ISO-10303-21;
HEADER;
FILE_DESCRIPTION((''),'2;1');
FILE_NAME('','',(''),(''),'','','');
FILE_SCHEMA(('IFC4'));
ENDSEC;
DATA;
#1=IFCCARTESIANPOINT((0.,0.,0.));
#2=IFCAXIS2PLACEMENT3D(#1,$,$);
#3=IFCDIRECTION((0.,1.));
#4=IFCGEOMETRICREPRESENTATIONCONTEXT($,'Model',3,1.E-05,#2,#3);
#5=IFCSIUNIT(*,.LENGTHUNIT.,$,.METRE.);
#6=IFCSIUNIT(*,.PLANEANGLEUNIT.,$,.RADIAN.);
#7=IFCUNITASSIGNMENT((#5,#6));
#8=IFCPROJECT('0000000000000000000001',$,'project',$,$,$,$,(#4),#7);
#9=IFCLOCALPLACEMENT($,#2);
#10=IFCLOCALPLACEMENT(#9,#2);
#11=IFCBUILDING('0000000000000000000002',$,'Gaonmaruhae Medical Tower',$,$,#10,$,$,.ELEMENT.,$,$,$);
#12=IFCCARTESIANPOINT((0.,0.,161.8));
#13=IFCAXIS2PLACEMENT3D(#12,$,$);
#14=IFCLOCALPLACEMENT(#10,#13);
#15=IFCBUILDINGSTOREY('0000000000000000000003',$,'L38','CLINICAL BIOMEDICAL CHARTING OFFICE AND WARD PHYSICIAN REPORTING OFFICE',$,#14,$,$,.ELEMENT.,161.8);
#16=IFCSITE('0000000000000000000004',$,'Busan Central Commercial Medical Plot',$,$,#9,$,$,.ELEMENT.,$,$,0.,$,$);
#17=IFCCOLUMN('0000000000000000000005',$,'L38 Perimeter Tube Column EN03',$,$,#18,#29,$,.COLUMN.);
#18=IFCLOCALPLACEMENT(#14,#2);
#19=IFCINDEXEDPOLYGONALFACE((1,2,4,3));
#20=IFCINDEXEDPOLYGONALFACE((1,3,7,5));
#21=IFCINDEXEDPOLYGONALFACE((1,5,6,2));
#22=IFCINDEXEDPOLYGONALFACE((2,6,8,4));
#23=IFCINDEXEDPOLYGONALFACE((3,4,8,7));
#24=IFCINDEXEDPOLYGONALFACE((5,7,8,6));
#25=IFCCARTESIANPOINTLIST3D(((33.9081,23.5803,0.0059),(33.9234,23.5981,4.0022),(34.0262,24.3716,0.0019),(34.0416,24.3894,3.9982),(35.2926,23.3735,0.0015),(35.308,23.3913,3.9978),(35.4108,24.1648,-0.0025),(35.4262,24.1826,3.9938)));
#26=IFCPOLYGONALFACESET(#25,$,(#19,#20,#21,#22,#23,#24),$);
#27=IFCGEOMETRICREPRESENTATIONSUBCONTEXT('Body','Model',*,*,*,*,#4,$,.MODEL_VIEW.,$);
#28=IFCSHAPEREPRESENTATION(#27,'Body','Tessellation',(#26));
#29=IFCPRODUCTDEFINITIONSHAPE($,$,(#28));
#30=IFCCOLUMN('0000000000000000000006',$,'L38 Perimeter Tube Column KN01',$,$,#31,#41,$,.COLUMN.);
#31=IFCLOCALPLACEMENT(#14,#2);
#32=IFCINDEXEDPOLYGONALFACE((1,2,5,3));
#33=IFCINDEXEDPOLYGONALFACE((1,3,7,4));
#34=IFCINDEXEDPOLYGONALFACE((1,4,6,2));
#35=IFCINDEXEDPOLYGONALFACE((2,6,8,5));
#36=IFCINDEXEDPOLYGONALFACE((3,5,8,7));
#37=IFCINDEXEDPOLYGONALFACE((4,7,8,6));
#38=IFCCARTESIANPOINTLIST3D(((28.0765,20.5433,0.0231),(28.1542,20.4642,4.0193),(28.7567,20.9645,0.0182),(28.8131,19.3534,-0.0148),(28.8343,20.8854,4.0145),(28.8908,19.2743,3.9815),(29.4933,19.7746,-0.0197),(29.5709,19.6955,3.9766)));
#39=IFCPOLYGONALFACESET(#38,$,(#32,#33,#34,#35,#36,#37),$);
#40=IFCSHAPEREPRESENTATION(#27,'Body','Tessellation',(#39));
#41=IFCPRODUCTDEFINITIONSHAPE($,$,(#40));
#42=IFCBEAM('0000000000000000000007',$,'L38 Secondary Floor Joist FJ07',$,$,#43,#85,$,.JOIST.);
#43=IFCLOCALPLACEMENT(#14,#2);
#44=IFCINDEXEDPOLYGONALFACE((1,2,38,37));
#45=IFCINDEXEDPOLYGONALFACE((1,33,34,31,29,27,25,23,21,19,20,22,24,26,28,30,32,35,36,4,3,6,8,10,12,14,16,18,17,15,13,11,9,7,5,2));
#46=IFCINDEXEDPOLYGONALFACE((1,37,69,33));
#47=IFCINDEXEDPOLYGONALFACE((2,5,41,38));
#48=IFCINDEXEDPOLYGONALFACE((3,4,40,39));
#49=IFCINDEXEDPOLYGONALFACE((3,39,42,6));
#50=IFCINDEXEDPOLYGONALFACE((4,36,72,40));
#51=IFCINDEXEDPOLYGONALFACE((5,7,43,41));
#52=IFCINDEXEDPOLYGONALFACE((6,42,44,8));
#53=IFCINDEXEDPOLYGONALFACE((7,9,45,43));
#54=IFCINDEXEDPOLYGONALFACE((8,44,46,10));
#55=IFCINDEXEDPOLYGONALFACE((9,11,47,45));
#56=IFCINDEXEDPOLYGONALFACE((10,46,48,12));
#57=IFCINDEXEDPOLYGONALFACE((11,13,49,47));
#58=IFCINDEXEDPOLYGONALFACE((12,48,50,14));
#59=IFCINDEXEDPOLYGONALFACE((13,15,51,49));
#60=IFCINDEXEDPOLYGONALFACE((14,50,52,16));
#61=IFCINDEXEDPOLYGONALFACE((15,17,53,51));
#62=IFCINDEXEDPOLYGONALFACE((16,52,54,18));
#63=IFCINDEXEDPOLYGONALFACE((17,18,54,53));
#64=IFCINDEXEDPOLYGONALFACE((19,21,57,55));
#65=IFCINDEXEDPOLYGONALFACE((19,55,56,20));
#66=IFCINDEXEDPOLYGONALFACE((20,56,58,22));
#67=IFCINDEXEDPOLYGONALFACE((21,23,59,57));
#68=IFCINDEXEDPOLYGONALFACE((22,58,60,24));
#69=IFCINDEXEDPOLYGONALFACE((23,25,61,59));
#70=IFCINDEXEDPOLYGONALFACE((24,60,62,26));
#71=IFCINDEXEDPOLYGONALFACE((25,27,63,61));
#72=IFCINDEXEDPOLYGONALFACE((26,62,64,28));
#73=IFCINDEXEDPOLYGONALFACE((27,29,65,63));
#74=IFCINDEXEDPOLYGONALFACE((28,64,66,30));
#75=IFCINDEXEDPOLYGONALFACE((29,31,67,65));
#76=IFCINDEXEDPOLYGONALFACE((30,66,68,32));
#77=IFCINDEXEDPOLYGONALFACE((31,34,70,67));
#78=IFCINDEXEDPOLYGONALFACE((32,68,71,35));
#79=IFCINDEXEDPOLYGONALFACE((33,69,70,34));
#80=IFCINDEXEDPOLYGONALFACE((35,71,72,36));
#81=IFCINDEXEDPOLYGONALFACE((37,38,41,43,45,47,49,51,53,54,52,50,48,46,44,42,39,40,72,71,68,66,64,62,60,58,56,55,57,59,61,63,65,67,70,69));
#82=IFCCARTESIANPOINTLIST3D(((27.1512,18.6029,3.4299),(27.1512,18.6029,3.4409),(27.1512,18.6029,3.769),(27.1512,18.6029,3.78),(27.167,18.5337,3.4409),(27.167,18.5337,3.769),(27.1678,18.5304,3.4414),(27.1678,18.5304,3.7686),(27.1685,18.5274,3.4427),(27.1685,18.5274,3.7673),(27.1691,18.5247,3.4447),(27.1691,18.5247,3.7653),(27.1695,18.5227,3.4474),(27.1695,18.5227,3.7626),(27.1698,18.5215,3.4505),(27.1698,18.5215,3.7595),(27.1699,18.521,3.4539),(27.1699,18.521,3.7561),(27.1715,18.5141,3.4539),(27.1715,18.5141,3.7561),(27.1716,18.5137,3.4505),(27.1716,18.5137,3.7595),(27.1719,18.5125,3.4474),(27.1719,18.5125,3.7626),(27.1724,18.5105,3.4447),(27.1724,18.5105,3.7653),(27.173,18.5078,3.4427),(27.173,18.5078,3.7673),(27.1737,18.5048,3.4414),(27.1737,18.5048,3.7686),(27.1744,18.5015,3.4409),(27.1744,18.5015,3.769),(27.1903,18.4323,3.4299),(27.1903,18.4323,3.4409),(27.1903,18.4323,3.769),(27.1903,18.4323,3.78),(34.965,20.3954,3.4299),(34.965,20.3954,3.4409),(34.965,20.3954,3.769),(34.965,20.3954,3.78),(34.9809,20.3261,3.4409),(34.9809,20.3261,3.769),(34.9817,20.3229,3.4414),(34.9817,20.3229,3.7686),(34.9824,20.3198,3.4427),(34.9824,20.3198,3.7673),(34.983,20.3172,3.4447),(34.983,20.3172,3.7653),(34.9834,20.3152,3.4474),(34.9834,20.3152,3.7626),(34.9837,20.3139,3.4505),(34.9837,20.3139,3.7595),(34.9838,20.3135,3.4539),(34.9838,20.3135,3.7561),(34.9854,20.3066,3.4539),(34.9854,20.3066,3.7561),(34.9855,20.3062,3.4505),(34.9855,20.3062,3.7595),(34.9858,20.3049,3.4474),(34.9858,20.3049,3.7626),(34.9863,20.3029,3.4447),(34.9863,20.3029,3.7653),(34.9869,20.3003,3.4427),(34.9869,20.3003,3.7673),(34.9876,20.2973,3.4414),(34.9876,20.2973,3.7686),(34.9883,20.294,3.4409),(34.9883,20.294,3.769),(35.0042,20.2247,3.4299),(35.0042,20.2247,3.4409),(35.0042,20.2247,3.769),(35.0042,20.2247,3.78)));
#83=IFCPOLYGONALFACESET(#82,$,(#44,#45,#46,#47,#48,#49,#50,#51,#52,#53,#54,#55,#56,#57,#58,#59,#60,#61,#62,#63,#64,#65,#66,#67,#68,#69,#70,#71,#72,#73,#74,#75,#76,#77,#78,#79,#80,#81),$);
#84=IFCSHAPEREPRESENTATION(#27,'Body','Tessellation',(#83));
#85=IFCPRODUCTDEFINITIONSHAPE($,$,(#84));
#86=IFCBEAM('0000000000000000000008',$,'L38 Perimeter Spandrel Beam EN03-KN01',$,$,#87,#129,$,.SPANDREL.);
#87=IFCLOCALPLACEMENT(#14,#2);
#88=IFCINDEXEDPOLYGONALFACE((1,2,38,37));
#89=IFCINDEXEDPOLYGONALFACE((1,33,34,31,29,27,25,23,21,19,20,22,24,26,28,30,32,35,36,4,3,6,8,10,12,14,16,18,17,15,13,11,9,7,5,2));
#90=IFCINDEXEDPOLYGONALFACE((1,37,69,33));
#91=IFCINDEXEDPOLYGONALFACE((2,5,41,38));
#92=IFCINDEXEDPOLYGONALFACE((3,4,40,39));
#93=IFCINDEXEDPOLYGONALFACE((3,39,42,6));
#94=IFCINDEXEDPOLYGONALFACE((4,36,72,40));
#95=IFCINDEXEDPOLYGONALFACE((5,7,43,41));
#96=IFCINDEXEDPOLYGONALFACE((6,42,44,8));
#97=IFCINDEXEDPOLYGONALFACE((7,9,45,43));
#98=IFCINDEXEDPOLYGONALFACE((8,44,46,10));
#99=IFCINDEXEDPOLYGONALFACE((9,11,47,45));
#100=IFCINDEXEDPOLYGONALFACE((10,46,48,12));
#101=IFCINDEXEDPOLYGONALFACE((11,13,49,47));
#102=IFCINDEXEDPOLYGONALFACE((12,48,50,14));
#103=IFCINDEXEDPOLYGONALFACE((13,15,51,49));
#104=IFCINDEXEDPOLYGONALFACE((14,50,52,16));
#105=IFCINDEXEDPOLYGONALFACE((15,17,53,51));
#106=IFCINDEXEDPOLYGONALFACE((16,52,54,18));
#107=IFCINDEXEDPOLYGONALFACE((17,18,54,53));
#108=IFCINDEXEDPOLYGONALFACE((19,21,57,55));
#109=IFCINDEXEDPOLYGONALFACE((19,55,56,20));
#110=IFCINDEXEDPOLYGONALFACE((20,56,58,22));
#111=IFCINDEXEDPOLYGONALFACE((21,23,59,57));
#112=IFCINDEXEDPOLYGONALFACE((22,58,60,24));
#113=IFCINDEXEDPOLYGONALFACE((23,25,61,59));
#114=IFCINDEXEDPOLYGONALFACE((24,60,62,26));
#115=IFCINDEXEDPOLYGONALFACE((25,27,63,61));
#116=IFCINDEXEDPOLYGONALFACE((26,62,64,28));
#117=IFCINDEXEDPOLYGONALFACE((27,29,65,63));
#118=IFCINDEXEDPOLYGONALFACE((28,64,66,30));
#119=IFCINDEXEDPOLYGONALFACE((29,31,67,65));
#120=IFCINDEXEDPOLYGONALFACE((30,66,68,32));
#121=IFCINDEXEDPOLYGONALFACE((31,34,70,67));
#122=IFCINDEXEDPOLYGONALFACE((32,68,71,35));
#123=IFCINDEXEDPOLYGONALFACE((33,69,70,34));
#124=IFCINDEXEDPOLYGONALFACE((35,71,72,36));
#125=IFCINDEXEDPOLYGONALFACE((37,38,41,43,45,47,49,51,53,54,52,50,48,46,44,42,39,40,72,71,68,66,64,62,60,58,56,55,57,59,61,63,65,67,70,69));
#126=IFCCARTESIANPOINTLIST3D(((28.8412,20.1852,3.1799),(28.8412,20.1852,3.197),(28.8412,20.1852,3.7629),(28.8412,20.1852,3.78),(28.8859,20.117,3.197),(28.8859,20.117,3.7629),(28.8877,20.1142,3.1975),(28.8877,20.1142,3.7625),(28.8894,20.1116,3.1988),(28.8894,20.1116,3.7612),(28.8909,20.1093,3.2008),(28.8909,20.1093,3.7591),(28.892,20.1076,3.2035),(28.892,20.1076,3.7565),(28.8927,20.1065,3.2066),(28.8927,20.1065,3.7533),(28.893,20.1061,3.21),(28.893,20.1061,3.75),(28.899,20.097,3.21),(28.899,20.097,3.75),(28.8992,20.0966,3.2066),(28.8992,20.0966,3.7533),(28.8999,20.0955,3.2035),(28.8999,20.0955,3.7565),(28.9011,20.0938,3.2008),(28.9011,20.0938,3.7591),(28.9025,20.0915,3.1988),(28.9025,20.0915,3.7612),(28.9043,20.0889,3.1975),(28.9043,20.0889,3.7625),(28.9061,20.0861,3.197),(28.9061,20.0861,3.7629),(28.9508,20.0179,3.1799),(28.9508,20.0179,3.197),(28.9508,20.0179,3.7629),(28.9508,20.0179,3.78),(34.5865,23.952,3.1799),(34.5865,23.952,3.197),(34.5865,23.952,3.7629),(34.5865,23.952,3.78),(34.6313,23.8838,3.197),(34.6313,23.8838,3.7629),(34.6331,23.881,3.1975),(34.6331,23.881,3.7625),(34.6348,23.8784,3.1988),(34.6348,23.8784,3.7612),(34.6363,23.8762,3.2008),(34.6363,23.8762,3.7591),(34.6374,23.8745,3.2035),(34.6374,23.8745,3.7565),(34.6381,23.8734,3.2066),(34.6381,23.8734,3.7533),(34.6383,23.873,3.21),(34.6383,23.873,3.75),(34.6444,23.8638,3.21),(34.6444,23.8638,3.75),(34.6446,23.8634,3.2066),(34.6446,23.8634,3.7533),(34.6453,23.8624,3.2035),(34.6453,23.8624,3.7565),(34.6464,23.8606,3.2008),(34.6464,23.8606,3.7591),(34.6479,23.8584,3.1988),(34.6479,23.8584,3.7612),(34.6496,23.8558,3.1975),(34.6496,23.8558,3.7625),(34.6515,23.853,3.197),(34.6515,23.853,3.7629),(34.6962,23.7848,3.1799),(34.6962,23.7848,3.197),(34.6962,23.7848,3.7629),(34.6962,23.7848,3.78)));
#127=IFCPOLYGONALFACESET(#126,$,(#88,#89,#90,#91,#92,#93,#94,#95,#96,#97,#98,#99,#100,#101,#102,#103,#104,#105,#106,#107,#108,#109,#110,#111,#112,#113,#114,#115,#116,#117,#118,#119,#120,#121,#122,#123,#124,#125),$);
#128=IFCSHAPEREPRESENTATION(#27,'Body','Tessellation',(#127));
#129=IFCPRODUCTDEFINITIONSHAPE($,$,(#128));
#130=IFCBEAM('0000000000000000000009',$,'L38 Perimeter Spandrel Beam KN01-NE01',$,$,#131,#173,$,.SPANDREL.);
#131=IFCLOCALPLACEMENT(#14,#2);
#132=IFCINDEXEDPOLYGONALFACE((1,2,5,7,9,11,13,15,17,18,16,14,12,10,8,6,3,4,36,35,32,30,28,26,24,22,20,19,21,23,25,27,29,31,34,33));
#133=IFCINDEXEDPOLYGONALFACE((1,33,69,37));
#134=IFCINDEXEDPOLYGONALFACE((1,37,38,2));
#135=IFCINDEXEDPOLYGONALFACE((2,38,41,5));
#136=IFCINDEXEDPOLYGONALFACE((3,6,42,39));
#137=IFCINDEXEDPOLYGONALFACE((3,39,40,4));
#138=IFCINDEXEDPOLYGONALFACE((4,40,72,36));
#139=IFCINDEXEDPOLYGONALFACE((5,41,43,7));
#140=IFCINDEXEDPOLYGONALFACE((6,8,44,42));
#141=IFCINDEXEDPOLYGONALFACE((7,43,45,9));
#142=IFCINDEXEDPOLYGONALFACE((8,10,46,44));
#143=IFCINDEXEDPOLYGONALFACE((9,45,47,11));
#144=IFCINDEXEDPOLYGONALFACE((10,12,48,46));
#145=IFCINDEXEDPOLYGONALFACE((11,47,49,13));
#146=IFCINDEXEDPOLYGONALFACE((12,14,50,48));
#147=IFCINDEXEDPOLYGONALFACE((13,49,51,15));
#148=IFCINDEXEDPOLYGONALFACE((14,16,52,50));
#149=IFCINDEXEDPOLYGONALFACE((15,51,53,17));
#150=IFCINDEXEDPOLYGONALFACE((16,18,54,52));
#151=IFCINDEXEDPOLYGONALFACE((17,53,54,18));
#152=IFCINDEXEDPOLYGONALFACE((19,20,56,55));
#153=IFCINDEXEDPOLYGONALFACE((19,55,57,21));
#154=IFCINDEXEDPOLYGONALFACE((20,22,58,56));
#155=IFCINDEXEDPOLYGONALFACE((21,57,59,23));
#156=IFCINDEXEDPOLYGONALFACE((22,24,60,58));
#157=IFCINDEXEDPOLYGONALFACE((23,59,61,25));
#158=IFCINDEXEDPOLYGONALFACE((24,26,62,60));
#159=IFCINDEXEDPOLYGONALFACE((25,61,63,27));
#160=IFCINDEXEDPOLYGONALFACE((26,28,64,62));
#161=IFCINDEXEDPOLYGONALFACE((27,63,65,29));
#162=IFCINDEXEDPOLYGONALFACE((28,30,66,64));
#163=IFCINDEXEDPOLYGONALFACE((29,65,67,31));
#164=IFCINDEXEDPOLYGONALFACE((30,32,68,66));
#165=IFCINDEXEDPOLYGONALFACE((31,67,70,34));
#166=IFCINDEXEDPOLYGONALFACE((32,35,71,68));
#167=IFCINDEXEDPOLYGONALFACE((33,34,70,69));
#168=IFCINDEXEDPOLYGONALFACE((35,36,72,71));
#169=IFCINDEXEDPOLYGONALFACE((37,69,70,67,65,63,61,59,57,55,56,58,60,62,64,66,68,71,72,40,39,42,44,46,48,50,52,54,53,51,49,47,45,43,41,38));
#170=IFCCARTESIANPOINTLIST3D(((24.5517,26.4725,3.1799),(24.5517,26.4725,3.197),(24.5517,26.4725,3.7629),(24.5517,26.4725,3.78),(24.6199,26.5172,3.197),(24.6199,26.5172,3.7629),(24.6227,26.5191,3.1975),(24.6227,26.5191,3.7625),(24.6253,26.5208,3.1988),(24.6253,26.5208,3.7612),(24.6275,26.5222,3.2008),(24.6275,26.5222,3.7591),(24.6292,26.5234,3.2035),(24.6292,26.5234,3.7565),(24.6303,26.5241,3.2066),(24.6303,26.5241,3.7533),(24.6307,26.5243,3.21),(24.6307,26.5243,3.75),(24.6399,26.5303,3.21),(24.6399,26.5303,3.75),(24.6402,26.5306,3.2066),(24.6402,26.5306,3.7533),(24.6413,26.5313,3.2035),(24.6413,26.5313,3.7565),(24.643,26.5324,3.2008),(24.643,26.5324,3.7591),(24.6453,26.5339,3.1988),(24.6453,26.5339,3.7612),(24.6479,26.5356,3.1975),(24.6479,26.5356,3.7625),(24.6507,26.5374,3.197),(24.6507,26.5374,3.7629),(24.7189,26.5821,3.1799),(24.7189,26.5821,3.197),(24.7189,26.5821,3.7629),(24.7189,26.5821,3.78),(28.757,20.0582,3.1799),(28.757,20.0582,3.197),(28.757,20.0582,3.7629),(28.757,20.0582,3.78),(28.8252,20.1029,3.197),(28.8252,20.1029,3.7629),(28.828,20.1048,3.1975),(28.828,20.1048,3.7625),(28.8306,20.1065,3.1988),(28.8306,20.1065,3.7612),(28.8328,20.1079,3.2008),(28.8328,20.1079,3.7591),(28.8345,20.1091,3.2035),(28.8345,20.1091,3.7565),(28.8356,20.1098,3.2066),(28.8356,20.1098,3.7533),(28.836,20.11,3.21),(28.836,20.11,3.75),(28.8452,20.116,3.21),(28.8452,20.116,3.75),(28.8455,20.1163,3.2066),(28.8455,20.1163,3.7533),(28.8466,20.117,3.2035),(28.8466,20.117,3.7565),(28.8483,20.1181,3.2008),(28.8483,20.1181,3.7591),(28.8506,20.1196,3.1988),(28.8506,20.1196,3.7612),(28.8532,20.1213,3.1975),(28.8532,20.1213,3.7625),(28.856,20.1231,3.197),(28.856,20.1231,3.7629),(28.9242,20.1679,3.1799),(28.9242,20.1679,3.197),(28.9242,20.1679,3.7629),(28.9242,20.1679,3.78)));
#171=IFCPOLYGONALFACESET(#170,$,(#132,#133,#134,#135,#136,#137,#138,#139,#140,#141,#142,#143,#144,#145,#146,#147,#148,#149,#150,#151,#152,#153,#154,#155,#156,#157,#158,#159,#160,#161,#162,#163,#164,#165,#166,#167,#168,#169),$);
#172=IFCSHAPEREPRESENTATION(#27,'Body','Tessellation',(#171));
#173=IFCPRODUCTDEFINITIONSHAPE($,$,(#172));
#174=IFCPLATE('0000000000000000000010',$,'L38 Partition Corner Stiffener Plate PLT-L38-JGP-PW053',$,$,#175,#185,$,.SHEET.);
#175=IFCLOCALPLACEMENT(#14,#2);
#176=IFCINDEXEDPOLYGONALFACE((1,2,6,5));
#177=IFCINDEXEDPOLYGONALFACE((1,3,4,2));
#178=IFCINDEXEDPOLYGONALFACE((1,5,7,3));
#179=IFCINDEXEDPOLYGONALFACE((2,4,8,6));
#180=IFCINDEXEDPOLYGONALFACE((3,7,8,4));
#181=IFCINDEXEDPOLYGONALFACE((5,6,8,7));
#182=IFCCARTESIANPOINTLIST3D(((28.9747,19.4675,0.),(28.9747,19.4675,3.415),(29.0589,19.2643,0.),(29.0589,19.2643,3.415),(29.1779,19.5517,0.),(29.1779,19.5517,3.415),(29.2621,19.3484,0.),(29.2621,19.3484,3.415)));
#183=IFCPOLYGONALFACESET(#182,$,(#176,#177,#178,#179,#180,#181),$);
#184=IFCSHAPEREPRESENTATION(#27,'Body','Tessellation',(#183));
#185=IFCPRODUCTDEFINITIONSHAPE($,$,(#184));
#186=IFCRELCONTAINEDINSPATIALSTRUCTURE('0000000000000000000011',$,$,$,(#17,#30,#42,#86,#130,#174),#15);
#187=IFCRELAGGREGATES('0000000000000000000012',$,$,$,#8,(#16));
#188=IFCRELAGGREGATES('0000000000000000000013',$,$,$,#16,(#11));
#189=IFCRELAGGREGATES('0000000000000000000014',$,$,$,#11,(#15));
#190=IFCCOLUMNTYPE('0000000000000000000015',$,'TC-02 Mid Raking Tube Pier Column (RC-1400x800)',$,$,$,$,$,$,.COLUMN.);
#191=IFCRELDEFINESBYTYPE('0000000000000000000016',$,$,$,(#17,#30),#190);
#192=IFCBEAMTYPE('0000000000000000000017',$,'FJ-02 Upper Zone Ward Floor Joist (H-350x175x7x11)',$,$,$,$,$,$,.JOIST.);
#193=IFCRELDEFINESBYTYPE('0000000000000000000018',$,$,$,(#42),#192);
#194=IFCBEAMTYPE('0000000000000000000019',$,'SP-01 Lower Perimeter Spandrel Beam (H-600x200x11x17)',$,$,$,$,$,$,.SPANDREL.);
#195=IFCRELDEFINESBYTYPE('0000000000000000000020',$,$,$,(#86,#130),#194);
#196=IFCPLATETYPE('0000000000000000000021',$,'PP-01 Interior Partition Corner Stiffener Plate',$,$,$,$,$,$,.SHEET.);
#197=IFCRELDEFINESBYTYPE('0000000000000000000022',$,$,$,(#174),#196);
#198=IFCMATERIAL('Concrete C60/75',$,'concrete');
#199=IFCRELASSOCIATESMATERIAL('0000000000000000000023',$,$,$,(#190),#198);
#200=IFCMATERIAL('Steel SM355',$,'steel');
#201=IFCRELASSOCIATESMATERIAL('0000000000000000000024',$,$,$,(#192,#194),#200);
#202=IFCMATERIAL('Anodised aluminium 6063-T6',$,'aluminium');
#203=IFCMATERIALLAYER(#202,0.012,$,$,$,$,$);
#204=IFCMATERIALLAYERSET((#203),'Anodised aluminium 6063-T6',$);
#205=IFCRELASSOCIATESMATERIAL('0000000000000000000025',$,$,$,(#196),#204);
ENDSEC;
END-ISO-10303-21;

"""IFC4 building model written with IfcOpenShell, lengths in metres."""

from ifc_helpers import new_model, si_unit, direction, frame, origin, origin_2d, place, context, subcontext, project, spatial, rectangle, i_section, extrude, material, layer, layer_set, material_profile, profile_set, type_object, element, save


model = new_model("IFC4")

# Units and contexts
model_context = context("Model", 3, precision=1e-05, world=origin(), true_north=direction((0.0, 1.0)))
body_context = subcontext(model_context, "Body", "Model", "MODEL_VIEW")
ifc_project = project(units=[si_unit("LENGTHUNIT", "METRE"), si_unit("PLANEANGLEUNIT", "RADIAN")], contexts=[model_context])

# Site, building, storey
site_placement = place(None, origin())
site = spatial("IfcSite", under=ifc_project, at=site_placement, Name="Busan Central Commercial Medical Plot", CompositionType="ELEMENT", RefElevation=0.0)
building_placement = place(site_placement, origin())
building = spatial("IfcBuilding", under=site, at=building_placement, Name="Gaonmaruhae Medical Tower", CompositionType="ELEMENT")
storey_placement = place(building_placement, frame((0.0, 0.0, 161.8)))
storey = spatial("IfcBuildingStorey", under=building, at=storey_placement, Name="L38", Description="CLINICAL BIOMEDICAL CHARTING OFFICE AND WARD PHYSICIAN REPORTING OFFICE", CompositionType="ELEMENT", Elevation=161.8)

# Columns
ifc_material_1 = material(Name="Concrete C60/75", Category="concrete")
ifc_material_profile_1 = material_profile(ifc_material_1, rectangle(XDim=1.3999, YDim=0.8, at=origin_2d()), Name="RC-1400x800")
ifc_profile_set_1 = profile_set([ifc_material_profile_1], Name="Concrete C60/75")
column_type = type_object("IfcColumnType", Name="TC-02 Mid Raking Tube Pier Column (RC-1400x800)", PredefinedType="COLUMN", material=ifc_profile_set_1)
column_1_placement = place(storey_placement, frame((34.6594, 23.8726, 0.0017), z_axis=(0.003849, 0.00446, 0.999983), x_axis=(-0.989024, 0.147724, 0.003148)))
element("IfcColumn", 1, at=column_1_placement, inside=storey, type_object=column_type, Name="L38 Perimeter Tube Column EN03", PredefinedType="COLUMN", context=body_context, shape_type="SweptSolid", body=[
    extrude(rectangle(XDim=1.3999, YDim=0.8, at=origin_2d()), origin(), (0.0, 0.0, 1.0), 3.9963),
])
column_2_placement = place(storey_placement, frame((28.7849, 20.1589, 0.0017), z_axis=(0.019419, -0.019786, 0.999616), x_axis=(-0.526167, 0.849951, 0.027045)))
element("IfcColumn", 2, at=column_2_placement, inside=storey, type_object=column_type, Name="L38 Perimeter Tube Column KN01", PredefinedType="COLUMN", context=body_context, shape_type="SweptSolid", body=[
    extrude(rectangle(XDim=1.3999, YDim=0.8, at=origin_2d()), origin(), (0.0, 0.0, 1.0), 3.9978),
])

# Beams
ifc_material_2 = material(Name="Steel SM355", Category="steel")
ifc_material_profile_2 = material_profile(ifc_material_2, i_section(OverallWidth=0.175, OverallDepth=0.3501, WebThickness=0.0071, FlangeThickness=0.011, FilletRadius=0.0129, at=origin_2d()), Name="H-350x175x7x11")
ifc_profile_set_2 = profile_set([ifc_material_profile_2], Name="Steel SM355")
beam_type_1 = type_object("IfcBeamType", Name="FJ-02 Upper Zone Ward Floor Joist (H-350x175x7x11)", PredefinedType="JOIST", material=ifc_profile_set_2)
beam_1_placement = place(storey_placement, frame((34.9846, 20.3101, 3.605), z_axis=(-0.974684, -0.223587, 0.0), x_axis=(0.223587, -0.974684, 0.0)))
element("IfcBeam", 3, at=beam_1_placement, inside=storey, type_object=beam_type_1, Name="L38 Secondary Floor Joist FJ07", PredefinedType="JOIST", context=body_context, shape_type="SweptSolid", body=[
    extrude(i_section(OverallWidth=0.175, OverallDepth=0.3501, WebThickness=0.0071, FlangeThickness=0.011, FilletRadius=0.0129, at=origin_2d()), origin(), (0.0, 0.0, 1.0), 8.0168),
])
ifc_material_profile_3 = material_profile(ifc_material_2, i_section(OverallWidth=0.2, OverallDepth=0.6001, WebThickness=0.011, FlangeThickness=0.0171, FilletRadius=0.0129, at=origin_2d()), Name="H-600x200x11x17")
ifc_profile_set_3 = profile_set([ifc_material_profile_3], Name="Steel SM355")
beam_type_2 = type_object("IfcBeamType", Name="SP-01 Lower Perimeter Spandrel Beam (H-600x200x11x17)", PredefinedType="SPANDREL", material=ifc_profile_set_3)
beam_2_placement = place(storey_placement, frame((34.6414, 23.8684, 3.48), z_axis=(-0.836285, -0.548295, 0.0), x_axis=(0.548295, -0.836285, 0.0)))
element("IfcBeam", 4, at=beam_2_placement, inside=storey, type_object=beam_type_2, Name="L38 Perimeter Spandrel Beam EN03-KN01", PredefinedType="SPANDREL", context=body_context, shape_type="SweptSolid", body=[
    extrude(i_section(OverallWidth=0.2, OverallDepth=0.6001, WebThickness=0.011, FlangeThickness=0.0171, FilletRadius=0.0129, at=origin_2d()), origin(), (0.0, 0.0, 1.0), 6.8701),
])
beam_3_placement = place(storey_placement, frame((28.8406, 20.113, 3.48), z_axis=(-0.548286, 0.836291, 0.0), x_axis=(-0.836291, -0.548286, 0.0)))
element("IfcBeam", 5, at=beam_3_placement, inside=storey, type_object=beam_type_2, Name="L38 Perimeter Spandrel Beam KN01-NE01", PredefinedType="SPANDREL", context=body_context, shape_type="SweptSolid", body=[
    extrude(i_section(OverallWidth=0.2, OverallDepth=0.6001, WebThickness=0.011, FlangeThickness=0.0171, FilletRadius=0.0129, at=origin_2d()), origin(), (0.0, 0.0, 1.0), 7.6699),
])

# Plate
ifc_material_3 = material(Name="Anodised aluminium 6063-T6", Category="aluminium")
ifc_layer_1 = layer(ifc_material_3, 0.012)
ifc_layer_set_1 = layer_set([ifc_layer_1], Name="Anodised aluminium 6063-T6")
plate_type = type_object("IfcPlateType", Name="PP-01 Interior Partition Corner Stiffener Plate", PredefinedType="SHEET", material=ifc_layer_set_1)
plate_1_placement = place(storey_placement, frame((29.1184, 19.408, 0.0), z_axis=(0.0, 0.0, 1.0), x_axis=(-0.923866, -0.382716, 0.0)))
element("IfcPlate", 6, at=plate_1_placement, inside=storey, type_object=plate_type, Name="L38 Partition Corner Stiffener Plate PLT-L38-JGP-PW053", PredefinedType="SHEET", context=body_context, shape_type="SweptSolid", body=[
    extrude(rectangle(XDim=0.22, YDim=0.22, at=origin_2d()), origin(), (0.0, 0.0, 1.0), 3.415),
])

save(model, "model.ifc")
